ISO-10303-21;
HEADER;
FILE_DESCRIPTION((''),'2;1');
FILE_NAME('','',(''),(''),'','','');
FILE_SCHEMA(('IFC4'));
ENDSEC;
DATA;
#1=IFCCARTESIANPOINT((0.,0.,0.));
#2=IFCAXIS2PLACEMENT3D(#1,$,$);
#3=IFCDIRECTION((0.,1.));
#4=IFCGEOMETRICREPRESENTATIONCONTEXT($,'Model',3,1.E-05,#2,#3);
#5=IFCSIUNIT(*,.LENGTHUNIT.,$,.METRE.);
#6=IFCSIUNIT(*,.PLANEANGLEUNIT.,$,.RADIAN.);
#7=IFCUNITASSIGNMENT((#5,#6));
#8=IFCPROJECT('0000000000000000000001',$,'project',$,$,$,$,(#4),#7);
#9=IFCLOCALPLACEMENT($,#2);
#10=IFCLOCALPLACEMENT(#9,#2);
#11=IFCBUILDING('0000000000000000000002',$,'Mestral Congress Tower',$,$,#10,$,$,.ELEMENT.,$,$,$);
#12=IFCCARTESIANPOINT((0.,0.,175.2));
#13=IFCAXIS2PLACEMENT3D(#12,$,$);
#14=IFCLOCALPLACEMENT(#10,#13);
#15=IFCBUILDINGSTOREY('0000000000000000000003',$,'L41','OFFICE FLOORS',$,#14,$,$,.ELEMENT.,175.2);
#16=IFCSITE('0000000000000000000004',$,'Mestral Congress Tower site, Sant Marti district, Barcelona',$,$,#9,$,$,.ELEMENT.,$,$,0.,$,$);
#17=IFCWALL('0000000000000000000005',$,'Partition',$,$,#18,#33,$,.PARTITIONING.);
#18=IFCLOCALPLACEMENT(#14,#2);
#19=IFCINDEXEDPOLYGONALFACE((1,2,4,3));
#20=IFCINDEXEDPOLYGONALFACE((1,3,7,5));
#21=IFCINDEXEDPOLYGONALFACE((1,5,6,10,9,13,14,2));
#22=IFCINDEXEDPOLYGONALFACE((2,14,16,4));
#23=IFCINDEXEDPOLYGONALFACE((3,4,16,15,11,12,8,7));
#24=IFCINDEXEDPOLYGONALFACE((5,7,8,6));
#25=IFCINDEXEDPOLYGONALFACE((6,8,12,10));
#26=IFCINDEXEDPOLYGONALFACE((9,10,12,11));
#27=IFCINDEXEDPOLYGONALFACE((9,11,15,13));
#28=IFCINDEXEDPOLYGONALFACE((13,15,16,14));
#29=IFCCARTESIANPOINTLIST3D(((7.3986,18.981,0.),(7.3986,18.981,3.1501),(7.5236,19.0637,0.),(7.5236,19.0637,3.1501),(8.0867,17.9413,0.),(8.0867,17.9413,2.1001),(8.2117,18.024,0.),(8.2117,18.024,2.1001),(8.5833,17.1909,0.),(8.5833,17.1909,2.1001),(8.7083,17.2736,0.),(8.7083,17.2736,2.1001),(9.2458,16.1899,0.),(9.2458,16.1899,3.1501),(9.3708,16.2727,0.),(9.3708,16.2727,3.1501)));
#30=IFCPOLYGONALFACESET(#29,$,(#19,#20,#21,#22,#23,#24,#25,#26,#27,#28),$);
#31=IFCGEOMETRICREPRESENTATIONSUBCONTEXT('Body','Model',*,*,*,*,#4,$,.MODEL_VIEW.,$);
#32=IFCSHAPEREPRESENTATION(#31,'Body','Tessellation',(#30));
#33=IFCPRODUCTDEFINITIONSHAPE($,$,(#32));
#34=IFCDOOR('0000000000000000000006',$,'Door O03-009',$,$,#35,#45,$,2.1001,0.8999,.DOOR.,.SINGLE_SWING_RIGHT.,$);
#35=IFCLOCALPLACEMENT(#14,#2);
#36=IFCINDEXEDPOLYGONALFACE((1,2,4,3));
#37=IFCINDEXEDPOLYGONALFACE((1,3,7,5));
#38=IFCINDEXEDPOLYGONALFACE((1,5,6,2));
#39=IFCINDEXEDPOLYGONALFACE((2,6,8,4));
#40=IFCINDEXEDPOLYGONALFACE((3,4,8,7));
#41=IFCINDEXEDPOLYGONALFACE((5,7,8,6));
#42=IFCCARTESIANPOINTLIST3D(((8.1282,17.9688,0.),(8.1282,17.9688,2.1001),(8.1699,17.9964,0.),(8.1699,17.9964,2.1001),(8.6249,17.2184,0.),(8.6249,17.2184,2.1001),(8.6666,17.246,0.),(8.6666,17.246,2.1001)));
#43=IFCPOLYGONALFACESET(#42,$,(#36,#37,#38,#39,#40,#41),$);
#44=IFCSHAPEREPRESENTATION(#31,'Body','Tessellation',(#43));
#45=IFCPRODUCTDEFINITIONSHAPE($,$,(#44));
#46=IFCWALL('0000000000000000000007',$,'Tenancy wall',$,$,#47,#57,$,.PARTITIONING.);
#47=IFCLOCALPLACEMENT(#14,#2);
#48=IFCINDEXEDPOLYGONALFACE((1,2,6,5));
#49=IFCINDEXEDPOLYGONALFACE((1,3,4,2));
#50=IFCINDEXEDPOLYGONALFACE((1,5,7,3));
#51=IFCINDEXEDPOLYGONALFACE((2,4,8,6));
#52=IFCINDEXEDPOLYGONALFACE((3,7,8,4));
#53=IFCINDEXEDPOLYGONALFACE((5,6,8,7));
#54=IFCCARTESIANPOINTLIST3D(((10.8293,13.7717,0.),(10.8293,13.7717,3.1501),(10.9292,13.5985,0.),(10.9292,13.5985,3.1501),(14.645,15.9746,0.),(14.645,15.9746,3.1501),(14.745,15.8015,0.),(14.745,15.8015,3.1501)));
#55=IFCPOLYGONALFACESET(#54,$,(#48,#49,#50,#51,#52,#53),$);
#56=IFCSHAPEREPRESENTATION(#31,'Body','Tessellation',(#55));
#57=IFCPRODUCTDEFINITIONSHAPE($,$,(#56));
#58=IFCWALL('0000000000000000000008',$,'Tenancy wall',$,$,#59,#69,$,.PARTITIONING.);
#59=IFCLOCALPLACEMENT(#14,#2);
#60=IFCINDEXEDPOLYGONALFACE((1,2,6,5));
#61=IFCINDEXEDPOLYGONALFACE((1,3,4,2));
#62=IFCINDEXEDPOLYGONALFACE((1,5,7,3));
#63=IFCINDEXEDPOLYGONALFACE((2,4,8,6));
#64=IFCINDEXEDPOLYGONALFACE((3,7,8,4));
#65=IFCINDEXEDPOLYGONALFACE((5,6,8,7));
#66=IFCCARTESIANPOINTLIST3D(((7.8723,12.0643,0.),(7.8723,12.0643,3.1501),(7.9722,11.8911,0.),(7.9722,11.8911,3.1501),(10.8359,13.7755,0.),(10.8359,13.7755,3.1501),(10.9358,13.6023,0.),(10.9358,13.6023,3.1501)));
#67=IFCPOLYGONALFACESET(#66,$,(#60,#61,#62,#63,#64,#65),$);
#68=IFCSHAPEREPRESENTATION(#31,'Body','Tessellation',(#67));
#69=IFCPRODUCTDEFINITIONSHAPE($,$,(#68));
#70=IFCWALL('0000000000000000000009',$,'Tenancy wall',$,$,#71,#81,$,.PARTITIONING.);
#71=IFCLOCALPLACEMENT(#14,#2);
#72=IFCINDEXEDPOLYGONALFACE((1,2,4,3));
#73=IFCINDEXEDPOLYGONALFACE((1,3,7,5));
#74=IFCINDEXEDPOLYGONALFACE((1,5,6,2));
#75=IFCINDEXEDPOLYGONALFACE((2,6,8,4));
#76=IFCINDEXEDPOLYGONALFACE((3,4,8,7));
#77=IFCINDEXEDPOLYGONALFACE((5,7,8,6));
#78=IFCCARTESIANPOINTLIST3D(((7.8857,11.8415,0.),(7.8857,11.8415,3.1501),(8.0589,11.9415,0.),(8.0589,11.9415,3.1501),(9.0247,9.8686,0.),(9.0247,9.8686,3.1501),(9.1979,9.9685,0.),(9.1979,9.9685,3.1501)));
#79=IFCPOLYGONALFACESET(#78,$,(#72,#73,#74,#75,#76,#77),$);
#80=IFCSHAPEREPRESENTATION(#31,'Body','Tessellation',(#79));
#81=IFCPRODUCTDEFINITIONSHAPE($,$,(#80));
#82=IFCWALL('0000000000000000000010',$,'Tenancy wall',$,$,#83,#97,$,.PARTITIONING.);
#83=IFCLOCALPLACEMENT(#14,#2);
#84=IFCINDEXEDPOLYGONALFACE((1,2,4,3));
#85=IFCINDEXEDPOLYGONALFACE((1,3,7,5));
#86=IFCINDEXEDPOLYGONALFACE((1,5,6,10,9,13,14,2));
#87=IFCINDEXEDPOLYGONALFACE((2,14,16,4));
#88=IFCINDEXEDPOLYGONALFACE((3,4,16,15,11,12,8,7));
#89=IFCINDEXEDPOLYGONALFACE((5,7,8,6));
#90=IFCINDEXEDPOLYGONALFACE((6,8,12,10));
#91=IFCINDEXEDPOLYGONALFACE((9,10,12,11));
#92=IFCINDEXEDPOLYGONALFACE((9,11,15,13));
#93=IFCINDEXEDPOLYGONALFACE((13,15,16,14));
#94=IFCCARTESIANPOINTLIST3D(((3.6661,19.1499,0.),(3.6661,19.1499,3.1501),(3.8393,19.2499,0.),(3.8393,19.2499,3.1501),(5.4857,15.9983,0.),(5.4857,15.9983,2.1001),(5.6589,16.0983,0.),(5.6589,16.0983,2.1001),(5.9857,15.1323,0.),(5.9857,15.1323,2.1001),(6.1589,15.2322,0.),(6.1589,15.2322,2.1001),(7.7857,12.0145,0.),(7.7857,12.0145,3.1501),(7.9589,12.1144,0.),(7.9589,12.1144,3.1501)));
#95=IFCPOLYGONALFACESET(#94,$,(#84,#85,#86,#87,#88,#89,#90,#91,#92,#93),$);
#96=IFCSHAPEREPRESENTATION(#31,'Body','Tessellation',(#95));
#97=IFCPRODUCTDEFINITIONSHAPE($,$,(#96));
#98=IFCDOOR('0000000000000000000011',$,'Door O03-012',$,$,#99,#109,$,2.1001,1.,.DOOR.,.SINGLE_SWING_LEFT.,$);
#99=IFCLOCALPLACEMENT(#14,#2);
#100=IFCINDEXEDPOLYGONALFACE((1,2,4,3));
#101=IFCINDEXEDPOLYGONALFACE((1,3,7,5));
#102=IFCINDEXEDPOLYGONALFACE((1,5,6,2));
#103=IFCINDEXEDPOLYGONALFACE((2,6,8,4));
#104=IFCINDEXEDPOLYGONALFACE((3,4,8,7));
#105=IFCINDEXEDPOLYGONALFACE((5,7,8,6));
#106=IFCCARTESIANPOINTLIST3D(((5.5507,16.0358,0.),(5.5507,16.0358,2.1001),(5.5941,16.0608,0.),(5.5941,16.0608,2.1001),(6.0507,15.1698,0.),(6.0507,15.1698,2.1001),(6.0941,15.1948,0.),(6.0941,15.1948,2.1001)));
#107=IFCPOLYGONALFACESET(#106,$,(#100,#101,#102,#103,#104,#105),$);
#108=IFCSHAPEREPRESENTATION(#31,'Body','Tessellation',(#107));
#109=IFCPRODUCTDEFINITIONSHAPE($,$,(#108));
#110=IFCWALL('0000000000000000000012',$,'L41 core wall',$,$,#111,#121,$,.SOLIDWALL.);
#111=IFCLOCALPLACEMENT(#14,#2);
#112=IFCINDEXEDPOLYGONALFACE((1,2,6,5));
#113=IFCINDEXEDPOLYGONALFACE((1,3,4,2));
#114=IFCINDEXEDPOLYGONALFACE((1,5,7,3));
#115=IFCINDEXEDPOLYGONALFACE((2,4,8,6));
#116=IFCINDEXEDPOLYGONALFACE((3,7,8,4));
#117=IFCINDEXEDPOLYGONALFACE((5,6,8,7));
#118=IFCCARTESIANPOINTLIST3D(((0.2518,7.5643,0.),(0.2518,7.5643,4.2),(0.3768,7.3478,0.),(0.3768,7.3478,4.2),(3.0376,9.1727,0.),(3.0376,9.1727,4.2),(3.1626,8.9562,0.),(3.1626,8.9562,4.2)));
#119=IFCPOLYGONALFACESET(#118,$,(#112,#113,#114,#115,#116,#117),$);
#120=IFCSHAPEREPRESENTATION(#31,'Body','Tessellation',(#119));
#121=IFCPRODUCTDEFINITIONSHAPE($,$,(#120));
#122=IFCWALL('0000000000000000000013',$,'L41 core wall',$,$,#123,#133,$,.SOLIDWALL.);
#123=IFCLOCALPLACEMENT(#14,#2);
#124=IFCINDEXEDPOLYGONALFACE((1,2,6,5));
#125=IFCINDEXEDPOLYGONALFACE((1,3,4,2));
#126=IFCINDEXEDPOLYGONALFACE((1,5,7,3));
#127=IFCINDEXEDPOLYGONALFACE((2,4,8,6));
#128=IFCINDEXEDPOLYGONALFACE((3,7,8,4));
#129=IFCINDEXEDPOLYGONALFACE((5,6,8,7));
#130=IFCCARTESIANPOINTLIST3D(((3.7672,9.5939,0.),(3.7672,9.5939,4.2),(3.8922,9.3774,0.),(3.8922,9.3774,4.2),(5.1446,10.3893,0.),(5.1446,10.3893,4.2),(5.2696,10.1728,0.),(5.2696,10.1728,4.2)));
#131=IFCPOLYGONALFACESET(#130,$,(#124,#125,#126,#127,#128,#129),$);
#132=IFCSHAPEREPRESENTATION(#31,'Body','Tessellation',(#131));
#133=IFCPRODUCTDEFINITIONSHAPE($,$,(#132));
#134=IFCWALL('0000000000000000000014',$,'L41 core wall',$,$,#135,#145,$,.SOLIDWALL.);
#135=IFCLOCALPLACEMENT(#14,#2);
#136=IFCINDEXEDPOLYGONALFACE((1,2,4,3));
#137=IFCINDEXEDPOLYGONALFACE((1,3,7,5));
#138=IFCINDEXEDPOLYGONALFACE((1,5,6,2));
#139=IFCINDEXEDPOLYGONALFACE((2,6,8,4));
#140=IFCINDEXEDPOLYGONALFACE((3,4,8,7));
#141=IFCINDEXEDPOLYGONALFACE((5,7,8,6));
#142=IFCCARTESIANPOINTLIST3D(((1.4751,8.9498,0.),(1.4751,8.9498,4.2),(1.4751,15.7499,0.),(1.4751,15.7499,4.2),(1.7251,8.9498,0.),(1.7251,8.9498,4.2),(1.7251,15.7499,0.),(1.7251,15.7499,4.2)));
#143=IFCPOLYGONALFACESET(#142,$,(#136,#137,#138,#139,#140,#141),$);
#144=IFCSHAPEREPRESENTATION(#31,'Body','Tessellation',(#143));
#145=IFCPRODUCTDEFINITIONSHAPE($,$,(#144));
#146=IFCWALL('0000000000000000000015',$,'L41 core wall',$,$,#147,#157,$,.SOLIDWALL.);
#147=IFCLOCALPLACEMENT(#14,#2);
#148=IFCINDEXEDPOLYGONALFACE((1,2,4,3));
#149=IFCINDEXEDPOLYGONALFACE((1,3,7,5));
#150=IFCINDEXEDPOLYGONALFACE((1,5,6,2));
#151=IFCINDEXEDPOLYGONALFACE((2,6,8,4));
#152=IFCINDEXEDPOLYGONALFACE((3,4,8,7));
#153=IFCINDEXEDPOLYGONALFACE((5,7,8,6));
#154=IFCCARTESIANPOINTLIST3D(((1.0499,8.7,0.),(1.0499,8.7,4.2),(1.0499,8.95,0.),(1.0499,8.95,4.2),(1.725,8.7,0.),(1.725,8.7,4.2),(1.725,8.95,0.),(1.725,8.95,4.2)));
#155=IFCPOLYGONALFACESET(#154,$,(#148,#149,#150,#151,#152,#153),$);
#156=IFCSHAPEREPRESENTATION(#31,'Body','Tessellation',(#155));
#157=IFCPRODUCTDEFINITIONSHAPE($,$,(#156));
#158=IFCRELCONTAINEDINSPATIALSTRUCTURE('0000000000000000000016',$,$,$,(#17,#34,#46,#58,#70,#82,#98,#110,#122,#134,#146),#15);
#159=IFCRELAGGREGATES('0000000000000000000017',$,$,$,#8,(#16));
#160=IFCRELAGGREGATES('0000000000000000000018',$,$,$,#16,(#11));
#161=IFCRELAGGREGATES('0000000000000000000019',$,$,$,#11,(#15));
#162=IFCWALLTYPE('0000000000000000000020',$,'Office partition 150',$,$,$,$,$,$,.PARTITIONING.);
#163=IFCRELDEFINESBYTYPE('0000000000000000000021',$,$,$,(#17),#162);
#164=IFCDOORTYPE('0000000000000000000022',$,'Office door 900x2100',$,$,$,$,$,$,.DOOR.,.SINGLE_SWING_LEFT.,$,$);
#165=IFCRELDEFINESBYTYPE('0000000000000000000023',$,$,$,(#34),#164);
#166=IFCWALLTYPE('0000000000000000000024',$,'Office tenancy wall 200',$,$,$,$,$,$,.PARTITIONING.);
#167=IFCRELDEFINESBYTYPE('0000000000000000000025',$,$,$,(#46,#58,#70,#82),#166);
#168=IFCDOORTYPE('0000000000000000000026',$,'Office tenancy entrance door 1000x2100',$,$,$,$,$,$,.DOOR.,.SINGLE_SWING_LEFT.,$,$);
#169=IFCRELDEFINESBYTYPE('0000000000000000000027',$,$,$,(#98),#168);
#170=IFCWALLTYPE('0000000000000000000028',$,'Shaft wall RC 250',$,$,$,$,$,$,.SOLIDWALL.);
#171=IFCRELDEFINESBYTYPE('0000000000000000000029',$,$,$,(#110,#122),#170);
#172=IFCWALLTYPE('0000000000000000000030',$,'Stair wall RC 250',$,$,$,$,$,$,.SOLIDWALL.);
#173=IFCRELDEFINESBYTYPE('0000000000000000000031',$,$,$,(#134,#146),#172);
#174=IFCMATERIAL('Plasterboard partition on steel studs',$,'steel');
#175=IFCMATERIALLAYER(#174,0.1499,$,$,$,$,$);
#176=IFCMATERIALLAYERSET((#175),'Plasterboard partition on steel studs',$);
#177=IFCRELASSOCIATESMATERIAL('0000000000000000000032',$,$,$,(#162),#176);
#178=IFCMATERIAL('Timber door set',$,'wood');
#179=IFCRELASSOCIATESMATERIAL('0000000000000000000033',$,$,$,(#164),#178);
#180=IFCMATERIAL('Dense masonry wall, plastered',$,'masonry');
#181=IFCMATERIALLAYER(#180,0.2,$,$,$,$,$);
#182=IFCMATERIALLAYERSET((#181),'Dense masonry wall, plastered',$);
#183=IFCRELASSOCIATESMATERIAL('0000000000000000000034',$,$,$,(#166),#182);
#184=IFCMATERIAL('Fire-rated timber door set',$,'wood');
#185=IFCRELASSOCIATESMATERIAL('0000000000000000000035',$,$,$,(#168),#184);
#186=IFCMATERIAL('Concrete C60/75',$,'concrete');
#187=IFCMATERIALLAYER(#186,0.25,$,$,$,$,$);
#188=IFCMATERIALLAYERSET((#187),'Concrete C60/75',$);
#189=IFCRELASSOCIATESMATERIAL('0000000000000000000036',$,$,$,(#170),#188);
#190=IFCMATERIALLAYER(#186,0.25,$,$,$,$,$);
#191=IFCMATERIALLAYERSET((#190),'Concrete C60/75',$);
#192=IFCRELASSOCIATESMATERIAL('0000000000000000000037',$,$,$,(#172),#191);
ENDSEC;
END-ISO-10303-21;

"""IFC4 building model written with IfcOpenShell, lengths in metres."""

from ifc_helpers import new_model, si_unit, direction, frame, frame_2d, origin, place, context, subcontext, project, spatial, rectangle, extrude, material, layer, layer_set, type_object, element, fill, save


model = new_model("IFC4")

# Units and contexts
model_context = context("Model", 3, precision=1e-05, world=origin(), true_north=direction((0.0, 1.0)))
body_context = subcontext(model_context, "Body", "Model", "MODEL_VIEW")
ifc_project = project(units=[si_unit("LENGTHUNIT", "METRE"), si_unit("PLANEANGLEUNIT", "RADIAN")], contexts=[model_context])

# Site, building, storey
site_placement = place(None, origin())
site = spatial("IfcSite", under=ifc_project, at=site_placement, Name="Mestral Congress Tower site, Sant Marti district, Barcelona", CompositionType="ELEMENT", RefElevation=0.0)
building_placement = place(site_placement, origin())
building = spatial("IfcBuilding", under=site, at=building_placement, Name="Mestral Congress Tower", CompositionType="ELEMENT")
storey_placement = place(building_placement, frame((0.0, 0.0, 175.2)))
storey = spatial("IfcBuildingStorey", under=building, at=storey_placement, Name="L41", Description="OFFICE FLOORS", CompositionType="ELEMENT", Elevation=175.2)

# Shared definitions
ifc_material_1 = material(Name="Concrete C60/75", Category="concrete")

# Shared definitions
ifc_material_2 = material(Name="Plasterboard partition on steel studs", Category="steel")
ifc_layer_1 = layer(ifc_material_2, 0.1499)
ifc_layer_set_1 = layer_set([ifc_layer_1], Name="Plasterboard partition on steel studs")
wall_type_1 = type_object("IfcWallType", Name="Office partition 150", PredefinedType="PARTITIONING", material=ifc_layer_set_1)

# Wall, opening, door
wall_1_placement = place(storey_placement, frame((7.4612, 19.0222, 0.0), z_axis=(0.0, 0.0, 1.0), x_axis=(0.551903, -0.833909, 0.0)))
wall_1 = element("IfcWall", 1, at=wall_1_placement, inside=storey, type_object=wall_type_1, Name="Partition", PredefinedType="PARTITIONING", context=body_context, shape_type="SweptSolid", body=[
    extrude(rectangle(XDim=3.3469, YDim=0.1499, at=frame_2d((1.6733, 0.0))), origin(), (0.0, 0.0, 1.0), 3.1501),
])
opening_1_placement = place(wall_1_placement, frame((1.2466, 0.0, 0.0)))
opening_1 = element("IfcOpeningElement", 2, at=opening_1_placement, cuts=wall_1, PredefinedType="OPENING", context=body_context, shape_type="SweptSolid", body=[
    extrude(rectangle(XDim=0.8999, YDim=2.1001, at=frame_2d((0.45, 1.05))), frame((0.0, 0.085, 0.0), z_axis=(0.0, -1.0, 0.0), x_axis=(1.0, 0.0, 0.0)), (0.0, 0.0, 1.0), 0.1699),
])
ifc_material_3 = material(Name="Timber door set", Category="wood")
door_type_1 = type_object("IfcDoorType", Name="Office door 900x2100", OperationType="SINGLE_SWING_LEFT", PredefinedType="DOOR", material=ifc_material_3)
door_1_placement = place(opening_1_placement, origin())
door_1 = element("IfcDoor", 3, at=door_1_placement, inside=storey, type_object=door_type_1, Name="Door O03-009", OperationType="SINGLE_SWING_RIGHT", OverallHeight=2.1001, OverallWidth=0.8999, PredefinedType="DOOR", context=body_context, shape_type="SweptSolid", body=[
    extrude(rectangle(XDim=0.8999, YDim=2.1001, at=frame_2d((0.45, 1.05))), frame((0.0, 0.0249, 0.0), z_axis=(0.0, -1.0, 0.0), x_axis=(1.0, 0.0, 0.0)), (0.0, 0.0, 1.0), 0.05),
])
fill(opening_1, door_1)

# Walls
ifc_material_4 = material(Name="Dense masonry wall, plastered", Category="masonry")
ifc_layer_2 = layer(ifc_material_4, 0.2)
ifc_layer_set_2 = layer_set([ifc_layer_2], Name="Dense masonry wall, plastered")
wall_type_2 = type_object("IfcWallType", Name="Office tenancy wall 200", PredefinedType="PARTITIONING", material=ifc_layer_set_2)
wall_2_placement = place(storey_placement, frame((10.8792, 13.6851, 0.0), z_axis=(0.0, 0.0, 1.0), x_axis=(0.866035, 0.499983, 0.0)))
element("IfcWall", 4, at=wall_2_placement, inside=storey, type_object=wall_type_2, Name="Tenancy wall", PredefinedType="PARTITIONING", context=body_context, shape_type="SweptSolid", body=[
    extrude(rectangle(XDim=4.406, YDim=0.2, at=frame_2d((2.2031, 0.0))), origin(), (0.0, 0.0, 1.0), 3.1501),
])
wall_3_placement = place(storey_placement, frame((7.9224, 11.9778, 0.0), z_axis=(0.0, 0.0, 1.0), x_axis=(0.866009, 0.500029, 0.0)))
element("IfcWall", 5, at=wall_3_placement, inside=storey, type_object=wall_type_2, Name="Tenancy wall", PredefinedType="PARTITIONING", context=body_context, shape_type="SweptSolid", body=[
    extrude(rectangle(XDim=3.4221, YDim=0.2, at=frame_2d((1.7109, 0.0))), origin(), (0.0, 0.0, 1.0), 3.1501),
])
wall_4_placement = place(storey_placement, frame((9.1113, 9.9185, 0.0), z_axis=(0.0, 0.0, 1.0), x_axis=(-0.499954, 0.866052, 0.0)))
element("IfcWall", 6, at=wall_4_placement, inside=storey, type_object=wall_type_2, Name="Tenancy wall", PredefinedType="PARTITIONING", context=body_context, shape_type="SweptSolid", body=[
    extrude(rectangle(XDim=2.2781, YDim=0.2, at=frame_2d((1.1392, 0.0))), origin(), (0.0, 0.0, 1.0), 3.1501),
])

# Wall, opening, door
wall_5_placement = place(storey_placement, frame((7.8723, 12.0645, 0.0), z_axis=(0.0, 0.0, 1.0), x_axis=(-0.499995, 0.866028, 0.0)))
wall_5 = element("IfcWall", 7, at=wall_5_placement, inside=storey, type_object=wall_type_2, Name="Tenancy wall", PredefinedType="PARTITIONING", context=body_context, shape_type="SweptSolid", body=[
    extrude(rectangle(XDim=8.2393, YDim=0.2, at=frame_2d((4.1196, 0.0))), origin(), (0.0, 0.0, 1.0), 3.1501),
])
opening_2_placement = place(wall_5_placement, frame((3.6001, 0.0, 0.0)))
opening_2 = element("IfcOpeningElement", 8, at=opening_2_placement, cuts=wall_5, PredefinedType="OPENING", context=body_context, shape_type="SweptSolid", body=[
    extrude(rectangle(XDim=1.0, YDim=2.1001, at=frame_2d((0.5, 1.05))), frame((0.0, 0.1099, 0.0), z_axis=(0.0, -1.0, 0.0), x_axis=(1.0, 0.0, 0.0)), (0.0, 0.0, 1.0), 0.22),
])
ifc_material_5 = material(Name="Fire-rated timber door set", Category="wood")
door_type_2 = type_object("IfcDoorType", Name="Office tenancy entrance door 1000x2100", OperationType="SINGLE_SWING_LEFT", PredefinedType="DOOR", material=ifc_material_5)
door_2_placement = place(opening_2_placement, origin())
door_2 = element("IfcDoor", 9, at=door_2_placement, inside=storey, type_object=door_type_2, Name="Door O03-012", OperationType="SINGLE_SWING_LEFT", OverallHeight=2.1001, OverallWidth=1.0, PredefinedType="DOOR", context=body_context, shape_type="SweptSolid", body=[
    extrude(rectangle(XDim=1.0, YDim=2.1001, at=frame_2d((0.5, 1.05))), frame((0.0, 0.0249, 0.0), z_axis=(0.0, -1.0, 0.0), x_axis=(1.0, 0.0, 0.0)), (0.0, 0.0, 1.0), 0.05),
])
fill(opening_2, door_2)

# Walls
ifc_layer_3 = layer(ifc_material_1, 0.25)
ifc_layer_set_3 = layer_set([ifc_layer_3], Name="Concrete C60/75")
wall_type_3 = type_object("IfcWallType", Name="Shaft wall RC 250", PredefinedType="SOLIDWALL", material=ifc_layer_set_3)
wall_6_placement = place(storey_placement, frame((3.1001, 9.0645, 0.0), z_axis=(0.0, 0.0, 1.0), x_axis=(-0.86603, -0.499992, 0.0)))
element("IfcWall", 10, at=wall_6_placement, inside=storey, type_object=wall_type_3, Name="L41 core wall", PredefinedType="SOLIDWALL", context=body_context, shape_type="SweptSolid", body=[
    extrude(rectangle(XDim=3.2168, YDim=0.25, at=frame_2d((1.6084, 0.0))), origin(), (0.0, 0.0, 1.0), 4.2),
])
wall_7_placement = place(storey_placement, frame((3.8296, 9.4856, 0.0), z_axis=(0.0, 0.0, 1.0), x_axis=(0.865986, 0.500068, 0.0)))
element("IfcWall", 11, at=wall_7_placement, inside=storey, type_object=wall_type_3, Name="L41 core wall", PredefinedType="SOLIDWALL", context=body_context, shape_type="SweptSolid", body=[
    extrude(rectangle(XDim=1.5906, YDim=0.25, at=frame_2d((0.7954, 0.0))), origin(), (0.0, 0.0, 1.0), 4.2),
])
ifc_layer_4 = layer(ifc_material_1, 0.25)
ifc_layer_set_4 = layer_set([ifc_layer_4], Name="Concrete C60/75")
wall_type_4 = type_object("IfcWallType", Name="Stair wall RC 250", PredefinedType="SOLIDWALL", material=ifc_layer_set_4)
wall_8_placement = place(storey_placement, frame((1.6001, 8.95, 0.0), z_axis=(0.0, 0.0, 1.0), x_axis=(0.0, 1.0, 0.0)))
element("IfcWall", 12, at=wall_8_placement, inside=storey, type_object=wall_type_4, Name="L41 core wall", PredefinedType="SOLIDWALL", context=body_context, shape_type="SweptSolid", body=[
    extrude(rectangle(XDim=6.8, YDim=0.25, at=frame_2d((3.3999, 0.0))), origin(), (0.0, 0.0, 1.0), 4.2),
])
wall_9_placement = place(storey_placement, frame((1.05, 8.825, 0.0), z_axis=(0.0, 0.0, 1.0), x_axis=(1.0, 0.0, 0.0)))
element("IfcWall", 13, at=wall_9_placement, inside=storey, type_object=wall_type_4, Name="L41 core wall", PredefinedType="SOLIDWALL", context=body_context, shape_type="SweptSolid", body=[
    extrude(rectangle(XDim=0.675, YDim=0.25, at=frame_2d((0.3374, 0.0))), origin(), (0.0, 0.0, 1.0), 4.2),
])

save(model, "model.ifc")
